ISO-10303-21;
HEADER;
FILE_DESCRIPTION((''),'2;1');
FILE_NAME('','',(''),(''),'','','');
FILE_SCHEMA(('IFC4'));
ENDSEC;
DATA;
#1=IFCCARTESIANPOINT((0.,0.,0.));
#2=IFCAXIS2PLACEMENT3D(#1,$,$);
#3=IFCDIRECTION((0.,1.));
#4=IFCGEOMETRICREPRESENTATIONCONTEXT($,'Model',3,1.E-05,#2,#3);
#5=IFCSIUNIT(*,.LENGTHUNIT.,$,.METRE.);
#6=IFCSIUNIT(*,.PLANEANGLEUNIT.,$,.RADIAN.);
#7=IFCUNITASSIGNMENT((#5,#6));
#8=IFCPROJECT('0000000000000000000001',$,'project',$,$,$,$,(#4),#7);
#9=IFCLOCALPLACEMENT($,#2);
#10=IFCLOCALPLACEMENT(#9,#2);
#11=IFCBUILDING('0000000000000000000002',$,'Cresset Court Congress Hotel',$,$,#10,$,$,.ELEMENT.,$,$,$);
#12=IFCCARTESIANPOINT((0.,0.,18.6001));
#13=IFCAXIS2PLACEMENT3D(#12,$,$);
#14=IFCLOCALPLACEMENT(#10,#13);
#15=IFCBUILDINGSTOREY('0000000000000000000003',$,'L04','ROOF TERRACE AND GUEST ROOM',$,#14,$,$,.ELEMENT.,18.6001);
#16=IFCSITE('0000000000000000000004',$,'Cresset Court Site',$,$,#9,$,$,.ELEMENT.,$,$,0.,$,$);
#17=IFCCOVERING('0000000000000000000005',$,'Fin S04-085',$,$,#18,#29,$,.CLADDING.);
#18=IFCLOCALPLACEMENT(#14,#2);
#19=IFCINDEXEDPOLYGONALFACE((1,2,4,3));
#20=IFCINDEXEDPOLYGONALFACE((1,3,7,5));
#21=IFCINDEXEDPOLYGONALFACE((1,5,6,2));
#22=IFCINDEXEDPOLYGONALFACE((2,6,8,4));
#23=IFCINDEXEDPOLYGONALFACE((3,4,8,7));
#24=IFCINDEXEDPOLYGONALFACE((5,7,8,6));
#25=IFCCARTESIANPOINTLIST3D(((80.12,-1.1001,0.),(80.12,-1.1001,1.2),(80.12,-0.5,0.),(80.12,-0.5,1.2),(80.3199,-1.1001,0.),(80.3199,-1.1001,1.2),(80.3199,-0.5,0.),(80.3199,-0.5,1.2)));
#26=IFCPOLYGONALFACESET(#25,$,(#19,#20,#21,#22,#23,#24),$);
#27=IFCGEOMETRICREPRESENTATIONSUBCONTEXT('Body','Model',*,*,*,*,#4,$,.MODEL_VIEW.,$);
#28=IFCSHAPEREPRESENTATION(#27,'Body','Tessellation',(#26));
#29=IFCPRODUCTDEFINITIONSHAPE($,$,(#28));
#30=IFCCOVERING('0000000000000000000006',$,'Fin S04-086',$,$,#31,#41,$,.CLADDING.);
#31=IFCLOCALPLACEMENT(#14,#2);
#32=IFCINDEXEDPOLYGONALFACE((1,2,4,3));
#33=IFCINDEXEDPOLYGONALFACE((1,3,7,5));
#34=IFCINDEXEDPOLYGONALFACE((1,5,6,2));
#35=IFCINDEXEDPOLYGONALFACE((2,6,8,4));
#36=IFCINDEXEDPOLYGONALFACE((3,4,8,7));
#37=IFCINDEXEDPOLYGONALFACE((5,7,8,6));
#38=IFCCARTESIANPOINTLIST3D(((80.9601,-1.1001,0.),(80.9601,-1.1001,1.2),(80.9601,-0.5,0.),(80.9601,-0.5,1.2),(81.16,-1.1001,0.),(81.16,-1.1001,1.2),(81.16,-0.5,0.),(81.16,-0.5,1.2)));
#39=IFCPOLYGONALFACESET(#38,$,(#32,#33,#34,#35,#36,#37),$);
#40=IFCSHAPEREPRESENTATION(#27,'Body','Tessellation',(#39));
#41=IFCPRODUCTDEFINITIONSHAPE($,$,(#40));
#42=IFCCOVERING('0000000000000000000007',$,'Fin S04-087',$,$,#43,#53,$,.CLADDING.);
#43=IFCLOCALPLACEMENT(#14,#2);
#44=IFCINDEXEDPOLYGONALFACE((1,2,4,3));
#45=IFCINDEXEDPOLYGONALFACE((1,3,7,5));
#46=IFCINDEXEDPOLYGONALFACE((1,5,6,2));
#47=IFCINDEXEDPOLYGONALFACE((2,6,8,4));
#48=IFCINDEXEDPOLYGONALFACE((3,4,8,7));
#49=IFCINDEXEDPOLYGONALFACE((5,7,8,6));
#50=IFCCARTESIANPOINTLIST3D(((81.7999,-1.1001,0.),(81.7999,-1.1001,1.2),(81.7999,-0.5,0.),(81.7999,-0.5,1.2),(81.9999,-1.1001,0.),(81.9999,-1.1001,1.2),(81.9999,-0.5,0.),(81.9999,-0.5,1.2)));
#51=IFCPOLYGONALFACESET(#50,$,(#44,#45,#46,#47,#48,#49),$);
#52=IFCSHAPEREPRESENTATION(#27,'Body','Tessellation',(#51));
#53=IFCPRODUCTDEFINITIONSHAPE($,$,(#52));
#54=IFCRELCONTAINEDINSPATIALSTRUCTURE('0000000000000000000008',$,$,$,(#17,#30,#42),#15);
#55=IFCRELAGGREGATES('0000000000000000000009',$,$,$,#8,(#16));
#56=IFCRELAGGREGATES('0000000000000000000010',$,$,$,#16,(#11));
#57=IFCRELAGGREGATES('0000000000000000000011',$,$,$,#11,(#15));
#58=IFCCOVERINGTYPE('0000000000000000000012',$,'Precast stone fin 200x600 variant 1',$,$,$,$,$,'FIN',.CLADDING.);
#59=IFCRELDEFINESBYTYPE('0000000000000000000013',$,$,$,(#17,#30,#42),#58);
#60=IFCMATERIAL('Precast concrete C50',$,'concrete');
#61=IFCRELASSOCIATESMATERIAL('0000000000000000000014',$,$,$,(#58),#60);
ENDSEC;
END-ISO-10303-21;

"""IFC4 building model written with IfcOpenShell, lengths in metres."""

from ifc_helpers import new_model, si_unit, direction, frame, origin, origin_2d, place, context, subcontext, project, spatial, rectangle, extrude, material, type_object, element, save


model = new_model("IFC4")

# Units and contexts
model_context = context("Model", 3, precision=1e-05, world=origin(), true_north=direction((0.0, 1.0)))
body_context = subcontext(model_context, "Body", "Model", "MODEL_VIEW")
ifc_project = project(units=[si_unit("LENGTHUNIT", "METRE"), si_unit("PLANEANGLEUNIT", "RADIAN")], contexts=[model_context])

# Site, building, storey
site_placement = place(None, origin())
site = spatial("IfcSite", under=ifc_project, at=site_placement, Name="Cresset Court Site", CompositionType="ELEMENT", RefElevation=0.0)
building_placement = place(site_placement, origin())
building = spatial("IfcBuilding", under=site, at=building_placement, Name="Cresset Court Congress Hotel", CompositionType="ELEMENT")
storey_placement = place(building_placement, frame((0.0, 0.0, 18.6001)))
storey = spatial("IfcBuildingStorey", under=building, at=storey_placement, Name="L04", Description="ROOF TERRACE AND GUEST ROOM", CompositionType="ELEMENT", Elevation=18.6001)

# Coverings
ifc_material_1 = material(Name="Precast concrete C50", Category="concrete")
covering_type = type_object("IfcCoveringType", Name="Precast stone fin 200x600 variant 1", ElementType="FIN", PredefinedType="CLADDING", material=ifc_material_1)
for number, where, z_axis, x_axis, name in (
    (1, (80.22, -0.8, 0.0), (0.0, 0.0, 1.0), (1.0, 0.0, 0.0), "Fin S04-085"),
    (2, (81.0601, -0.8, 0.0), (0.0, 0.0, 1.0), (1.0, 0.0, 0.0), "Fin S04-086"),
    (3, (81.8999, -0.8, 0.0), (0.0, 0.0, 1.0), (1.0, 0.0, 0.0), "Fin S04-087"),
):
    element("IfcCovering", number, at=place(storey_placement, frame(where, z_axis=z_axis, x_axis=x_axis)), inside=storey, type_object=covering_type, Name=name, PredefinedType="CLADDING", context=body_context, shape_type="SweptSolid", body=[
        extrude(rectangle(XDim=0.2, YDim=0.6001, at=origin_2d()), origin(), (0.0, 0.0, 1.0), 1.2),
    ])

save(model, "model.ifc")
